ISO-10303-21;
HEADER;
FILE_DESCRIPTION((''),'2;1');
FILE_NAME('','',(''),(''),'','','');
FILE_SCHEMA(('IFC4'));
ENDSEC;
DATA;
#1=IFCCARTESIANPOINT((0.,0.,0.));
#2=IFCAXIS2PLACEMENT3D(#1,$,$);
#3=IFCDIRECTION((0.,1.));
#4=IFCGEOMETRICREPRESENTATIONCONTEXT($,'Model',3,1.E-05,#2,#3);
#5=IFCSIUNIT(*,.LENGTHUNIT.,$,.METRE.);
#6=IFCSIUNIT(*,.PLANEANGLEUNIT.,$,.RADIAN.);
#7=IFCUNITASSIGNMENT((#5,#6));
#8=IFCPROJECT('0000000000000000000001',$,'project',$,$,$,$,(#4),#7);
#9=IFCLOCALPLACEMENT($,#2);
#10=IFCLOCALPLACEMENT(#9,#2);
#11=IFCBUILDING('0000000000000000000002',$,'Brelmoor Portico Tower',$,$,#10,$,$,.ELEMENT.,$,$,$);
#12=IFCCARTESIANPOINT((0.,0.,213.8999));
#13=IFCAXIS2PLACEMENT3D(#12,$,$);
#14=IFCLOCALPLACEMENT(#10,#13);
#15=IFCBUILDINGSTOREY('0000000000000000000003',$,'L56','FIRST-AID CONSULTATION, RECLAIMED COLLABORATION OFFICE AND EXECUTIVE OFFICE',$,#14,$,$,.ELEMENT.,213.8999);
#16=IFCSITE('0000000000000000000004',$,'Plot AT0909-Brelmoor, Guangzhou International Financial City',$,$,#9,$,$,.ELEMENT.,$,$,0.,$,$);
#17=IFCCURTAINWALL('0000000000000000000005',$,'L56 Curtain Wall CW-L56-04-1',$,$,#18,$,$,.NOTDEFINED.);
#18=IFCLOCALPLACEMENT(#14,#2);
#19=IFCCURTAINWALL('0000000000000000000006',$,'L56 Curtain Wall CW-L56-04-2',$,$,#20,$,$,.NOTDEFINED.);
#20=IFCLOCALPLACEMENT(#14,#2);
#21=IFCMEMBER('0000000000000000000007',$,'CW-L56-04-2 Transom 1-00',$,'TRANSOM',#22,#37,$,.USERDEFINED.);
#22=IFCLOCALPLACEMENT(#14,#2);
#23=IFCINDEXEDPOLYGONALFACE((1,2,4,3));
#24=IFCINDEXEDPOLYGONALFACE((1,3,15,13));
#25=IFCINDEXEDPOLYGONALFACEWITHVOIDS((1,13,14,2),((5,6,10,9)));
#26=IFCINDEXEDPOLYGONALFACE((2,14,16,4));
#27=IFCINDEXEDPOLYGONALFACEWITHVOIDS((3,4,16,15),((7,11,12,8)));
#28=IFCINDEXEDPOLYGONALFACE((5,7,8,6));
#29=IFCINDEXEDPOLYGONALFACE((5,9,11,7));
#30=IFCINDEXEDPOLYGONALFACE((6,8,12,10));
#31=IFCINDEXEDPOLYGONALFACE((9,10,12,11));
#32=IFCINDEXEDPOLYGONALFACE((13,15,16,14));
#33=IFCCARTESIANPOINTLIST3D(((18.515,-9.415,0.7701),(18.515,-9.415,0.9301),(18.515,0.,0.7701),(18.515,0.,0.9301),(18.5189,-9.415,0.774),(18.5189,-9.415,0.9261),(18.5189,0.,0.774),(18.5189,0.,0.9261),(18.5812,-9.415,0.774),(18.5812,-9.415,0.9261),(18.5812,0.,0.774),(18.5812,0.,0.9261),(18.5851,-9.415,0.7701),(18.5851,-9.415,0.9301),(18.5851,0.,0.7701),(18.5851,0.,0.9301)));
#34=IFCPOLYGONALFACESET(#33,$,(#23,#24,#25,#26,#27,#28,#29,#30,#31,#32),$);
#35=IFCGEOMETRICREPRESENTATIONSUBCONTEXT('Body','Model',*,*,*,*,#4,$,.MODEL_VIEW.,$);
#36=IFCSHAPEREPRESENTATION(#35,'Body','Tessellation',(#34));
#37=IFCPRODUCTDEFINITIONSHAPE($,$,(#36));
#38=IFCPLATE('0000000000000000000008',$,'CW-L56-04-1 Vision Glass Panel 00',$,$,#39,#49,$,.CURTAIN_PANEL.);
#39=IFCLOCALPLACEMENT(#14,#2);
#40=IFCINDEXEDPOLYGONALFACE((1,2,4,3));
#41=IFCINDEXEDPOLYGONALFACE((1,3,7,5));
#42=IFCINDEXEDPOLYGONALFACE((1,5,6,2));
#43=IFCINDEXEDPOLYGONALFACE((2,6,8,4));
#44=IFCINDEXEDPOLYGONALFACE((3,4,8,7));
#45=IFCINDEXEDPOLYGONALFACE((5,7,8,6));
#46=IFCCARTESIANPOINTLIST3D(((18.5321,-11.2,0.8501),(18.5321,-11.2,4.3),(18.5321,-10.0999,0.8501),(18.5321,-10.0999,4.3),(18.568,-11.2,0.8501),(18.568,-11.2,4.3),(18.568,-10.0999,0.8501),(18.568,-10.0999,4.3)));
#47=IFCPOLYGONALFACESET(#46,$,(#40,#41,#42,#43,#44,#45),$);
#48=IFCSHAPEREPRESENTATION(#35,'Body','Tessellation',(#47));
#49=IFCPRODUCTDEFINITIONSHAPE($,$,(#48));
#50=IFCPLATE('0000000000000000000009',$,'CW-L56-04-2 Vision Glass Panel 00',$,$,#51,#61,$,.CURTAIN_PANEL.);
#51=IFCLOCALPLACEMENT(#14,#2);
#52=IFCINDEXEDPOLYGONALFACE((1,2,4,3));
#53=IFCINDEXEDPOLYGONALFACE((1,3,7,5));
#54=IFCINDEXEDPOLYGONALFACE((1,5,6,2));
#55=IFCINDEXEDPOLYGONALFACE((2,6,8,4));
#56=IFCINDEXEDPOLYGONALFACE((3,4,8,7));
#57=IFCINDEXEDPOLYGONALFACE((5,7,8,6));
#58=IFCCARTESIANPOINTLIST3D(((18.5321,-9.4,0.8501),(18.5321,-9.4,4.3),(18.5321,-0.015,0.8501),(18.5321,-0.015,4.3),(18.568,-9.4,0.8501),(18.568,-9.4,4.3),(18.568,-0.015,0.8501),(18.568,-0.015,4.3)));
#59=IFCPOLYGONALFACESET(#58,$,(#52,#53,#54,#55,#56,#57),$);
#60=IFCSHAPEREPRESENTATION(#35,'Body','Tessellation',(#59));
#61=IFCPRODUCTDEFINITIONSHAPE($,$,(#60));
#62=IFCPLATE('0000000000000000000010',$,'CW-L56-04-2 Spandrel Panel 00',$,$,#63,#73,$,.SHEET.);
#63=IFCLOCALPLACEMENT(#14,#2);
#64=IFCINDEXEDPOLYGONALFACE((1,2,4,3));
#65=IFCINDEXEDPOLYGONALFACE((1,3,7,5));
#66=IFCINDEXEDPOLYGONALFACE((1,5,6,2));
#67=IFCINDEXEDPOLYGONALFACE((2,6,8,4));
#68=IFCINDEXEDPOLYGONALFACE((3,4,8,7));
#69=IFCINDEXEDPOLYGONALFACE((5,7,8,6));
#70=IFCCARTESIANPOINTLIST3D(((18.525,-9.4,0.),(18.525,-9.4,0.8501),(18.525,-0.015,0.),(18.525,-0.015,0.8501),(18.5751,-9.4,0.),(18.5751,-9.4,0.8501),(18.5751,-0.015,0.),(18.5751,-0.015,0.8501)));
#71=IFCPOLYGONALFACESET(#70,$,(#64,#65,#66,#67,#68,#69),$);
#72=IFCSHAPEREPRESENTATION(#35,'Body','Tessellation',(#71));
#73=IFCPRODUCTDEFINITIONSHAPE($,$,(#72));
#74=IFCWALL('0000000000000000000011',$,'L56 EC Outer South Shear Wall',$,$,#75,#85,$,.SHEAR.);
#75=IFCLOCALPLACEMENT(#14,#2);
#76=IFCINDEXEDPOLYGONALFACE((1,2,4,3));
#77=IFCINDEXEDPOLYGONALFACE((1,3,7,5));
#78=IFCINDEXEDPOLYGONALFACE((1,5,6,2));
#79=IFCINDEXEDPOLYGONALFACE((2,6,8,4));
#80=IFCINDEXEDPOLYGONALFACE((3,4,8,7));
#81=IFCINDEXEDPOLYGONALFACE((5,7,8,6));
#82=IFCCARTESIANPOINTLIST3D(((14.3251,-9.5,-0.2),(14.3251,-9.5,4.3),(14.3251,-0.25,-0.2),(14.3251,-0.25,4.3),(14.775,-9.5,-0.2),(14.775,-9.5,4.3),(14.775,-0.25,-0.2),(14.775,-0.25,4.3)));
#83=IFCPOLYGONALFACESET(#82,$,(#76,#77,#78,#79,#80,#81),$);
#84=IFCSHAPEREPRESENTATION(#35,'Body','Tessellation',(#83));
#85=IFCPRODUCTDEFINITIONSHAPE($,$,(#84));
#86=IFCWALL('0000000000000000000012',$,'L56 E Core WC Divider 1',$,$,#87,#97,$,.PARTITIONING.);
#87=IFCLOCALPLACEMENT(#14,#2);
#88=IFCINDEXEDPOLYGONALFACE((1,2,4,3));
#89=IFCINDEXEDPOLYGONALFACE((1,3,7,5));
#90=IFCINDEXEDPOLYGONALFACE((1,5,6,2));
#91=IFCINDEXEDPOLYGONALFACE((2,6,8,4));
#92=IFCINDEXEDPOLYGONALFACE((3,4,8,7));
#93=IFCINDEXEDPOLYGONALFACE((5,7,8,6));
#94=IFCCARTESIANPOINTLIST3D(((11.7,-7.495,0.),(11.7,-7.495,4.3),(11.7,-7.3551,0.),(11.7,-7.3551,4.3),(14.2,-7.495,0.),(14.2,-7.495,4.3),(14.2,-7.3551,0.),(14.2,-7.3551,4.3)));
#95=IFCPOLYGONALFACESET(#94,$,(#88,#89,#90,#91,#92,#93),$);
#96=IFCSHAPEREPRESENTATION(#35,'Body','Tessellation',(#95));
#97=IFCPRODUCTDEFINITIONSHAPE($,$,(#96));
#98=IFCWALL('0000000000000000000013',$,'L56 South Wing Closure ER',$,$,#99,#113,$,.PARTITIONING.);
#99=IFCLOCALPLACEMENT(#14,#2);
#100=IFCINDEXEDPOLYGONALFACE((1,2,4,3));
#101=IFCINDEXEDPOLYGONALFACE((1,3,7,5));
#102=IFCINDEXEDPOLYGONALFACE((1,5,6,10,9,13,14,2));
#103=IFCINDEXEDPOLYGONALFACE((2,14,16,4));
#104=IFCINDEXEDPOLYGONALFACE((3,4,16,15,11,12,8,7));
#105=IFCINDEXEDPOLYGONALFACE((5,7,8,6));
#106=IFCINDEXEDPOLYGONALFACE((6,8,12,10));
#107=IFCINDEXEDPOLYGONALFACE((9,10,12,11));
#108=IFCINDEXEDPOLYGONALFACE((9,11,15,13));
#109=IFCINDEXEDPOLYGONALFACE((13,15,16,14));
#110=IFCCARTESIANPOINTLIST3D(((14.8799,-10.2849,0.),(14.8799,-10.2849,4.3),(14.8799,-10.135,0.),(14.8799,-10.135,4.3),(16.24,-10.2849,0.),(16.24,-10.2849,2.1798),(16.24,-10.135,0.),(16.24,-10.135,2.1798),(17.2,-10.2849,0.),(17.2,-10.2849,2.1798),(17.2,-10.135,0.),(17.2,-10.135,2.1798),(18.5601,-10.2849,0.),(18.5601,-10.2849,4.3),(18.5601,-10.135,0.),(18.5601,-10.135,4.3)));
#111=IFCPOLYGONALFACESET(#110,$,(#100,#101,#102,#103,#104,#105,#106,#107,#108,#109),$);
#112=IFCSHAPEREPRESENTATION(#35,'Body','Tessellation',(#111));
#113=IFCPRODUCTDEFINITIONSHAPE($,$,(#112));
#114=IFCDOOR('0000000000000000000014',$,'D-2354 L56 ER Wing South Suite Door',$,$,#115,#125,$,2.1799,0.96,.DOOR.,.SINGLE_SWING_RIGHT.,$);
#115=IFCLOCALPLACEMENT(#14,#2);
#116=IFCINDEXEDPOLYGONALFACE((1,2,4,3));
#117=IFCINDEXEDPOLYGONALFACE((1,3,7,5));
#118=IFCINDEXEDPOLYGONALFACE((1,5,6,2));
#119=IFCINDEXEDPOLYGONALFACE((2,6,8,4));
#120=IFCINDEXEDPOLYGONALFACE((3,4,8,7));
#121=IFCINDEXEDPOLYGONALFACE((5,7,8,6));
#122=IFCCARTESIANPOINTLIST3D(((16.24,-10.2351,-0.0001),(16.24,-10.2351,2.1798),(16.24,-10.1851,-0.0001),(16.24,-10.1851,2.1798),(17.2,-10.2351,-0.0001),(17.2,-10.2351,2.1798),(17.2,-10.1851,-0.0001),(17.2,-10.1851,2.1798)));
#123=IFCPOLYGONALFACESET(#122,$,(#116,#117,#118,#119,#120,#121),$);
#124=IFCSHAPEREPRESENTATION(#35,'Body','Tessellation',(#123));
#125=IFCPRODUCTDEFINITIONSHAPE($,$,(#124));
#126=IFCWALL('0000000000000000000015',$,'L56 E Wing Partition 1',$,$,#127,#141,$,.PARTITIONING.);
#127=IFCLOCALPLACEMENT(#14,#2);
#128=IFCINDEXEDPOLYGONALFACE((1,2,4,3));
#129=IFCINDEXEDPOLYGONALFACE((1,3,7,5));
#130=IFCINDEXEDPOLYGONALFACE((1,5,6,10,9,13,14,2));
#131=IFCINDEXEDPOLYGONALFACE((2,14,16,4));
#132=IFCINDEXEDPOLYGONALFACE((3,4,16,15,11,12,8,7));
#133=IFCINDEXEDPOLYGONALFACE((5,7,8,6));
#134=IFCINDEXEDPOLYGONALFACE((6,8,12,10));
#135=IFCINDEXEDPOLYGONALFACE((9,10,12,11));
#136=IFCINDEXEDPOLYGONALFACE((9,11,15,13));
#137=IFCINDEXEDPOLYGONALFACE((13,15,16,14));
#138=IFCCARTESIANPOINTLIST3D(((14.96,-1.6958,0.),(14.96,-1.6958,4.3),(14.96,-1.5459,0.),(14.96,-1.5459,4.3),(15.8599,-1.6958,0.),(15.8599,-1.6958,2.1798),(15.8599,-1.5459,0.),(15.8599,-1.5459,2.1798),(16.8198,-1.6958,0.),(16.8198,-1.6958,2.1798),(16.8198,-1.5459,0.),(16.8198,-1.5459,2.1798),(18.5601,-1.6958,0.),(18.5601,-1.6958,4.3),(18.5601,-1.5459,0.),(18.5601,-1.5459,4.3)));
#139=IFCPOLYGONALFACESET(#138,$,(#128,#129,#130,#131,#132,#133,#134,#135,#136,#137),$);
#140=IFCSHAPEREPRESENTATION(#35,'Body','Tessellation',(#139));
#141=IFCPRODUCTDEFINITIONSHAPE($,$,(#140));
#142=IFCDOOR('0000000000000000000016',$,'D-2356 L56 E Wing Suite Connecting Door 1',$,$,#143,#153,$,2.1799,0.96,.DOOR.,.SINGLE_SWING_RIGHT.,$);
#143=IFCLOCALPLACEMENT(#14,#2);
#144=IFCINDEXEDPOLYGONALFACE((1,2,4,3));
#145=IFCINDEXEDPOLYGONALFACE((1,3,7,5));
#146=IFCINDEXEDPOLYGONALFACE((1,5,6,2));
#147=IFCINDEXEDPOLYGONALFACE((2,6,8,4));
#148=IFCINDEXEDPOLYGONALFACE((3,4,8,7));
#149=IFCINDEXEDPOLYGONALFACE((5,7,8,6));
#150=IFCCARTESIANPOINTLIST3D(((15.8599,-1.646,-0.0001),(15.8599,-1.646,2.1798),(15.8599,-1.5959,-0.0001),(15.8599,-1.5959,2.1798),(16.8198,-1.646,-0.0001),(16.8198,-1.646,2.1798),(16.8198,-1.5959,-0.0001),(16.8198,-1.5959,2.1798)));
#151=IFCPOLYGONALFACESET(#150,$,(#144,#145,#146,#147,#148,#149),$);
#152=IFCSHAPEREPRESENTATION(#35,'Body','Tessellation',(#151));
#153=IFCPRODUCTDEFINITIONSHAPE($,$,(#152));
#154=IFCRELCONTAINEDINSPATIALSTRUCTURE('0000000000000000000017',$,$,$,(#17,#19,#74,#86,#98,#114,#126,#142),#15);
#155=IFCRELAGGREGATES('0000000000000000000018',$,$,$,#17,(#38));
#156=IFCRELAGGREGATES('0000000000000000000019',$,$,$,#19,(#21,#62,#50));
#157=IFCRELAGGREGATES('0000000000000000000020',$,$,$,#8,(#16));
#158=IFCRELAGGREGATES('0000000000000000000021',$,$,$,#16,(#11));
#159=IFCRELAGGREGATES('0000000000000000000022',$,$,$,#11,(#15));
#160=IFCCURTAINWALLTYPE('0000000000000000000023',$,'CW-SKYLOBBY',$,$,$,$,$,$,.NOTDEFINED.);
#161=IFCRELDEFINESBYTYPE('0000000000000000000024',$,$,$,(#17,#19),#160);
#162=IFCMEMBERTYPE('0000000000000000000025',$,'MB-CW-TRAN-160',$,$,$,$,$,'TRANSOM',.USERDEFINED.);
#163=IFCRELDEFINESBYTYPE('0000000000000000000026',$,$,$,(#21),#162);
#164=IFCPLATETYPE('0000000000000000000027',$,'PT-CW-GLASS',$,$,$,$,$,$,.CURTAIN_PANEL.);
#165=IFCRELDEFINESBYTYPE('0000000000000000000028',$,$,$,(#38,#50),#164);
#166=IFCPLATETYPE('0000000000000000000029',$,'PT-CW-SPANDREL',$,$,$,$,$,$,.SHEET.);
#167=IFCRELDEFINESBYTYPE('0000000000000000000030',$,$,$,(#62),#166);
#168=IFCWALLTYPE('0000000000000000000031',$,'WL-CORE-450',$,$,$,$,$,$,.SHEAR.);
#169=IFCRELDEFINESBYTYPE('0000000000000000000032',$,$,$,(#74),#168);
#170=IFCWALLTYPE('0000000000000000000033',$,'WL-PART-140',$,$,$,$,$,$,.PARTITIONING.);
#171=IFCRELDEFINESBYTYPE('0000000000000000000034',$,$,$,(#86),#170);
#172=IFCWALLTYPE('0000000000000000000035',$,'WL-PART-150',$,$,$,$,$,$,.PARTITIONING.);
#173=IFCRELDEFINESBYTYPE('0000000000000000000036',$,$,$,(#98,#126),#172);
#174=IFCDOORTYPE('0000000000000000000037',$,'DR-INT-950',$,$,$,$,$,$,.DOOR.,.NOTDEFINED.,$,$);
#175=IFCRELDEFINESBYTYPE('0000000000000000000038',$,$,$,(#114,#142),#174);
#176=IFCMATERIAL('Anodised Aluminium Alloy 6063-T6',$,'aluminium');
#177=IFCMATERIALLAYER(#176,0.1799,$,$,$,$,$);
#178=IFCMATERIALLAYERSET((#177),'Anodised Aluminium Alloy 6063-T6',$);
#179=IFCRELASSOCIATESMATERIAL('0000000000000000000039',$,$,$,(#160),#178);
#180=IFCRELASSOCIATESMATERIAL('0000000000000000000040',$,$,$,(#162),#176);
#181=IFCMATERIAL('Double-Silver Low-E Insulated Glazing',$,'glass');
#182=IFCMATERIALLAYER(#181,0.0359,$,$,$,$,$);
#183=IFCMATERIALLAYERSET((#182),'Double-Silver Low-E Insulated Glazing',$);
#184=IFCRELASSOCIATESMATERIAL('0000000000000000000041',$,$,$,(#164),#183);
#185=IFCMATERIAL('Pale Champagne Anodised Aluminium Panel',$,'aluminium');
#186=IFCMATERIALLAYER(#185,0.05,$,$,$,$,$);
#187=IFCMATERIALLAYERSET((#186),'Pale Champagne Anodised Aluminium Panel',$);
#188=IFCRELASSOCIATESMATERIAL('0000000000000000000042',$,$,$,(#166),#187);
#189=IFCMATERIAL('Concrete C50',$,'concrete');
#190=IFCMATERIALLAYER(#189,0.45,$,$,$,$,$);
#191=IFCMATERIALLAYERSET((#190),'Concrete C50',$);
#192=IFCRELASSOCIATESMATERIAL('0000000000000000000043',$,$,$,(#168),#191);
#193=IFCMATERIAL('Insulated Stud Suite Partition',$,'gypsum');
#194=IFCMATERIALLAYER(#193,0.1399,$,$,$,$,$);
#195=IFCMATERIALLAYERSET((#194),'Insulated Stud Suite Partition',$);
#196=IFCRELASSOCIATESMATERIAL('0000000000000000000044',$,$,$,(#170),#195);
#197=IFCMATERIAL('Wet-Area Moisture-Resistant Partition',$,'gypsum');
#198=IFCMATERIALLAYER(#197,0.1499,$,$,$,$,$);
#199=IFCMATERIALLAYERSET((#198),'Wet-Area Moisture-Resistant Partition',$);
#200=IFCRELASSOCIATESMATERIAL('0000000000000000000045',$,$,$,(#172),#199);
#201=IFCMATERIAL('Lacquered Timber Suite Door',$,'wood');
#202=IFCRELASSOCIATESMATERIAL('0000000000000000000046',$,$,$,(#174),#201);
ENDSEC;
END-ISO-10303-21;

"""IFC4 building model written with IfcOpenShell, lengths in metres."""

from ifc_helpers import new_model, si_unit, direction, frame, frame_2d, origin, origin_2d, place, context, subcontext, project, spatial, rectangle, hollow_rectangle, extrude, material, layer, layer_set, material_profile, profile_set, type_object, element, fill, aggregate, save


model = new_model("IFC4")

# Units and contexts
model_context = context("Model", 3, precision=1e-05, world=origin(), true_north=direction((0.0, 1.0)))
body_context = subcontext(model_context, "Body", "Model", "MODEL_VIEW")
ifc_project = project(units=[si_unit("LENGTHUNIT", "METRE"), si_unit("PLANEANGLEUNIT", "RADIAN")], contexts=[model_context])

# Site, building, storey
site_placement = place(None, origin())
site = spatial("IfcSite", under=ifc_project, at=site_placement, Name="Plot AT0909-Brelmoor, Guangzhou International Financial City", CompositionType="ELEMENT", RefElevation=0.0)
building_placement = place(site_placement, origin())
building = spatial("IfcBuilding", under=site, at=building_placement, Name="Brelmoor Portico Tower", CompositionType="ELEMENT")
storey_placement = place(building_placement, frame((0.0, 0.0, 213.8999)))
storey = spatial("IfcBuildingStorey", under=building, at=storey_placement, Name="L56", Description="FIRST-AID CONSULTATION, RECLAIMED COLLABORATION OFFICE AND EXECUTIVE OFFICE", CompositionType="ELEMENT", Elevation=213.8999)

# Curtain wall
ifc_material_1 = material(Name="Anodised Aluminium Alloy 6063-T6", Category="aluminium")
ifc_layer_1 = layer(ifc_material_1, 0.1799)
ifc_layer_set_1 = layer_set([ifc_layer_1], Name="Anodised Aluminium Alloy 6063-T6")
curtain_wall_type = type_object("IfcCurtainWallType", Name="CW-SKYLOBBY", PredefinedType="NOTDEFINED", material=ifc_layer_set_1)
curtain_wall_1_placement = place(storey_placement, origin())
curtain_wall_1 = element("IfcCurtainWall", 1, at=curtain_wall_1_placement, inside=storey, type_object=curtain_wall_type, Name="L56 Curtain Wall CW-L56-04-1", PredefinedType="NOTDEFINED")

# Curtain wall, member
curtain_wall_2_placement = place(storey_placement, origin())
curtain_wall_2 = element("IfcCurtainWall", 2, at=curtain_wall_2_placement, inside=storey, type_object=curtain_wall_type, Name="L56 Curtain Wall CW-L56-04-2", PredefinedType="NOTDEFINED")
ifc_material_profile_1 = material_profile(ifc_material_1, hollow_rectangle(XDim=0.0701, YDim=0.1599, WallThickness=0.0039, at=origin_2d()), Name="ALU TRANSOM 70x160")
ifc_profile_set_1 = profile_set([ifc_material_profile_1], Name="Anodised Aluminium Alloy 6063-T6")
member_type_1 = type_object("IfcMemberType", Name="MB-CW-TRAN-160", ElementType="TRANSOM", PredefinedType="USERDEFINED", material=ifc_profile_set_1)
member_1_placement = place(storey_placement, frame((18.55, -9.415, 0.8501), z_axis=(0.0, 1.0, 0.0), x_axis=(-1.0, 0.0, 0.0)))
member_1 = element("IfcMember", 3, at=member_1_placement, type_object=member_type_1, Name="CW-L56-04-2 Transom 1-00", ObjectType="TRANSOM", PredefinedType="USERDEFINED", context=body_context, shape_type="SweptSolid", body=[
    extrude(hollow_rectangle(XDim=0.0701, YDim=0.1599, WallThickness=0.0039, at=origin_2d()), origin(), (0.0, 0.0, 1.0), 9.415),
])

# Plates
ifc_material_2 = material(Name="Double-Silver Low-E Insulated Glazing", Category="glass")
ifc_layer_2 = layer(ifc_material_2, 0.0359)
ifc_layer_set_2 = layer_set([ifc_layer_2], Name="Double-Silver Low-E Insulated Glazing")
plate_type_1 = type_object("IfcPlateType", Name="PT-CW-GLASS", PredefinedType="CURTAIN_PANEL", material=ifc_layer_set_2)
plate_1_placement = place(storey_placement, frame((18.55, -10.6499, 0.8501), z_axis=(0.0, 0.0, 1.0), x_axis=(0.0, 1.0, 0.0)))
plate_1 = element("IfcPlate", 4, at=plate_1_placement, type_object=plate_type_1, Name="CW-L56-04-1 Vision Glass Panel 00", PredefinedType="CURTAIN_PANEL", context=body_context, shape_type="SweptSolid", body=[
    extrude(rectangle(XDim=1.1001, YDim=0.0359, at=origin_2d()), origin(), (0.0, 0.0, 1.0), 3.45),
])
aggregate(curtain_wall_1, [plate_1])
plate_2_placement = place(storey_placement, frame((18.55, -4.7075, 0.8501), z_axis=(0.0, 0.0, 1.0), x_axis=(0.0, 1.0, 0.0)))
plate_2 = element("IfcPlate", 5, at=plate_2_placement, type_object=plate_type_1, Name="CW-L56-04-2 Vision Glass Panel 00", PredefinedType="CURTAIN_PANEL", context=body_context, shape_type="SweptSolid", body=[
    extrude(rectangle(XDim=9.385, YDim=0.0359, at=origin_2d()), origin(), (0.0, 0.0, 1.0), 3.45),
])
ifc_material_3 = material(Name="Pale Champagne Anodised Aluminium Panel", Category="aluminium")
ifc_layer_3 = layer(ifc_material_3, 0.05)
ifc_layer_set_3 = layer_set([ifc_layer_3], Name="Pale Champagne Anodised Aluminium Panel")
plate_type_2 = type_object("IfcPlateType", Name="PT-CW-SPANDREL", PredefinedType="SHEET", material=ifc_layer_set_3)
plate_3_placement = place(storey_placement, frame((18.55, -4.7075, 0.0), z_axis=(0.0, 0.0, 1.0), x_axis=(0.0, 1.0, 0.0)))
plate_3 = element("IfcPlate", 6, at=plate_3_placement, type_object=plate_type_2, Name="CW-L56-04-2 Spandrel Panel 00", PredefinedType="SHEET", context=body_context, shape_type="SweptSolid", body=[
    extrude(rectangle(XDim=9.385, YDim=0.05, at=origin_2d()), origin(), (0.0, 0.0, 1.0), 0.8501),
])
aggregate(curtain_wall_2, [member_1, plate_3, plate_2])

# Walls
ifc_material_4 = material(Name="Concrete C50", Category="concrete")
ifc_layer_4 = layer(ifc_material_4, 0.45)
ifc_layer_set_4 = layer_set([ifc_layer_4], Name="Concrete C50")
wall_type_1 = type_object("IfcWallType", Name="WL-CORE-450", PredefinedType="SHEAR", material=ifc_layer_set_4)
wall_1_placement = place(storey_placement, frame((14.55, -9.5, -0.2), z_axis=(0.0, 0.0, 1.0), x_axis=(0.0, 1.0, 0.0)))
element("IfcWall", 7, at=wall_1_placement, inside=storey, type_object=wall_type_1, Name="L56 EC Outer South Shear Wall", PredefinedType="SHEAR", context=body_context, shape_type="SweptSolid", body=[
    extrude(rectangle(XDim=9.25, YDim=0.45, at=frame_2d((4.625, 0.0))), origin(), (0.0, 0.0, 1.0), 4.5),
])
ifc_material_5 = material(Name="Insulated Stud Suite Partition", Category="gypsum")
ifc_layer_5 = layer(ifc_material_5, 0.1399)
ifc_layer_set_5 = layer_set([ifc_layer_5], Name="Insulated Stud Suite Partition")
wall_type_2 = type_object("IfcWallType", Name="WL-PART-140", PredefinedType="PARTITIONING", material=ifc_layer_set_5)
wall_2_placement = place(storey_placement, frame((11.7, -7.425, 0.0), z_axis=(0.0, 0.0, 1.0), x_axis=(1.0, 0.0, 0.0)))
element("IfcWall", 8, at=wall_2_placement, inside=storey, type_object=wall_type_2, Name="L56 E Core WC Divider 1", PredefinedType="PARTITIONING", context=body_context, shape_type="SweptSolid", body=[
    extrude(rectangle(XDim=2.5, YDim=0.1399, at=frame_2d((1.25, 0.0))), origin(), (0.0, 0.0, 1.0), 4.3),
])

# Walls, openings, doors
ifc_material_6 = material(Name="Wet-Area Moisture-Resistant Partition", Category="gypsum")
ifc_layer_6 = layer(ifc_material_6, 0.1499)
ifc_layer_set_6 = layer_set([ifc_layer_6], Name="Wet-Area Moisture-Resistant Partition")
wall_type_3 = type_object("IfcWallType", Name="WL-PART-150", PredefinedType="PARTITIONING", material=ifc_layer_set_6)
wall_3_placement = place(storey_placement, frame((14.8799, -10.21, 0.0), z_axis=(0.0, 0.0, 1.0), x_axis=(1.0, 0.0, 0.0)))
wall_3 = element("IfcWall", 9, at=wall_3_placement, inside=storey, type_object=wall_type_3, Name="L56 South Wing Closure ER", PredefinedType="PARTITIONING", context=body_context, shape_type="SweptSolid", body=[
    extrude(rectangle(XDim=3.6802, YDim=0.1499, at=frame_2d((1.8401, 0.0))), origin(), (0.0, 0.0, 1.0), 4.3),
])
opening_1_placement = place(wall_3_placement, frame((1.3601, 0.0, 0.0)))
opening_1 = element("IfcOpeningElement", 10, at=opening_1_placement, cuts=wall_3, PredefinedType="OPENING", context=body_context, shape_type="SweptSolid", body=[
    extrude(rectangle(XDim=0.96, YDim=2.1799, at=frame_2d((0.48, 1.0898))), frame((0.0, 0.085, 0.0), z_axis=(0.0, -1.0, 0.0), x_axis=(1.0, 0.0, 0.0)), (0.0, 0.0, 1.0), 0.1699),
])
ifc_material_7 = material(Name="Lacquered Timber Suite Door", Category="wood")
door_type_1 = type_object("IfcDoorType", Name="DR-INT-950", OperationType="NOTDEFINED", PredefinedType="DOOR", material=ifc_material_7)
door_1_placement = place(opening_1_placement, origin())
door_1 = element("IfcDoor", 11, at=door_1_placement, inside=storey, type_object=door_type_1, Name="D-2354 L56 ER Wing South Suite Door", OperationType="SINGLE_SWING_RIGHT", OverallHeight=2.1799, OverallWidth=0.96, PredefinedType="DOOR", context=body_context, shape_type="SweptSolid", body=[
    extrude(rectangle(XDim=0.96, YDim=2.1799, at=frame_2d((0.48, 1.0898))), frame((0.0, 0.0249, 0.0), z_axis=(0.0, -1.0, 0.0), x_axis=(1.0, 0.0, 0.0)), (0.0, 0.0, 1.0), 0.05),
])
fill(opening_1, door_1)
wall_4_placement = place(storey_placement, frame((14.96, -1.6208, 0.0), z_axis=(0.0, 0.0, 1.0), x_axis=(1.0, 0.0, 0.0)))
wall_4 = element("IfcWall", 12, at=wall_4_placement, inside=storey, type_object=wall_type_3, Name="L56 E Wing Partition 1", PredefinedType="PARTITIONING", context=body_context, shape_type="SweptSolid", body=[
    extrude(rectangle(XDim=3.6001, YDim=0.1499, at=frame_2d((1.8, 0.0))), origin(), (0.0, 0.0, 1.0), 4.3),
])
opening_2_placement = place(wall_4_placement, frame((0.8999, 0.0, 0.0)))
opening_2 = element("IfcOpeningElement", 13, at=opening_2_placement, cuts=wall_4, PredefinedType="OPENING", context=body_context, shape_type="SweptSolid", body=[
    extrude(rectangle(XDim=0.96, YDim=2.1799, at=frame_2d((0.48, 1.0898))), frame((0.0, 0.085, 0.0), z_axis=(0.0, -1.0, 0.0), x_axis=(1.0, 0.0, 0.0)), (0.0, 0.0, 1.0), 0.1699),
])
door_2_placement = place(opening_2_placement, origin())
door_2 = element("IfcDoor", 14, at=door_2_placement, inside=storey, type_object=door_type_1, Name="D-2356 L56 E Wing Suite Connecting Door 1", OperationType="SINGLE_SWING_RIGHT", OverallHeight=2.1799, OverallWidth=0.96, PredefinedType="DOOR", context=body_context, shape_type="SweptSolid", body=[
    extrude(rectangle(XDim=0.96, YDim=2.1799, at=frame_2d((0.48, 1.0898))), frame((0.0, 0.0249, 0.0), z_axis=(0.0, -1.0, 0.0), x_axis=(1.0, 0.0, 0.0)), (0.0, 0.0, 1.0), 0.05),
])
fill(opening_2, door_2)

save(model, "model.ifc")
